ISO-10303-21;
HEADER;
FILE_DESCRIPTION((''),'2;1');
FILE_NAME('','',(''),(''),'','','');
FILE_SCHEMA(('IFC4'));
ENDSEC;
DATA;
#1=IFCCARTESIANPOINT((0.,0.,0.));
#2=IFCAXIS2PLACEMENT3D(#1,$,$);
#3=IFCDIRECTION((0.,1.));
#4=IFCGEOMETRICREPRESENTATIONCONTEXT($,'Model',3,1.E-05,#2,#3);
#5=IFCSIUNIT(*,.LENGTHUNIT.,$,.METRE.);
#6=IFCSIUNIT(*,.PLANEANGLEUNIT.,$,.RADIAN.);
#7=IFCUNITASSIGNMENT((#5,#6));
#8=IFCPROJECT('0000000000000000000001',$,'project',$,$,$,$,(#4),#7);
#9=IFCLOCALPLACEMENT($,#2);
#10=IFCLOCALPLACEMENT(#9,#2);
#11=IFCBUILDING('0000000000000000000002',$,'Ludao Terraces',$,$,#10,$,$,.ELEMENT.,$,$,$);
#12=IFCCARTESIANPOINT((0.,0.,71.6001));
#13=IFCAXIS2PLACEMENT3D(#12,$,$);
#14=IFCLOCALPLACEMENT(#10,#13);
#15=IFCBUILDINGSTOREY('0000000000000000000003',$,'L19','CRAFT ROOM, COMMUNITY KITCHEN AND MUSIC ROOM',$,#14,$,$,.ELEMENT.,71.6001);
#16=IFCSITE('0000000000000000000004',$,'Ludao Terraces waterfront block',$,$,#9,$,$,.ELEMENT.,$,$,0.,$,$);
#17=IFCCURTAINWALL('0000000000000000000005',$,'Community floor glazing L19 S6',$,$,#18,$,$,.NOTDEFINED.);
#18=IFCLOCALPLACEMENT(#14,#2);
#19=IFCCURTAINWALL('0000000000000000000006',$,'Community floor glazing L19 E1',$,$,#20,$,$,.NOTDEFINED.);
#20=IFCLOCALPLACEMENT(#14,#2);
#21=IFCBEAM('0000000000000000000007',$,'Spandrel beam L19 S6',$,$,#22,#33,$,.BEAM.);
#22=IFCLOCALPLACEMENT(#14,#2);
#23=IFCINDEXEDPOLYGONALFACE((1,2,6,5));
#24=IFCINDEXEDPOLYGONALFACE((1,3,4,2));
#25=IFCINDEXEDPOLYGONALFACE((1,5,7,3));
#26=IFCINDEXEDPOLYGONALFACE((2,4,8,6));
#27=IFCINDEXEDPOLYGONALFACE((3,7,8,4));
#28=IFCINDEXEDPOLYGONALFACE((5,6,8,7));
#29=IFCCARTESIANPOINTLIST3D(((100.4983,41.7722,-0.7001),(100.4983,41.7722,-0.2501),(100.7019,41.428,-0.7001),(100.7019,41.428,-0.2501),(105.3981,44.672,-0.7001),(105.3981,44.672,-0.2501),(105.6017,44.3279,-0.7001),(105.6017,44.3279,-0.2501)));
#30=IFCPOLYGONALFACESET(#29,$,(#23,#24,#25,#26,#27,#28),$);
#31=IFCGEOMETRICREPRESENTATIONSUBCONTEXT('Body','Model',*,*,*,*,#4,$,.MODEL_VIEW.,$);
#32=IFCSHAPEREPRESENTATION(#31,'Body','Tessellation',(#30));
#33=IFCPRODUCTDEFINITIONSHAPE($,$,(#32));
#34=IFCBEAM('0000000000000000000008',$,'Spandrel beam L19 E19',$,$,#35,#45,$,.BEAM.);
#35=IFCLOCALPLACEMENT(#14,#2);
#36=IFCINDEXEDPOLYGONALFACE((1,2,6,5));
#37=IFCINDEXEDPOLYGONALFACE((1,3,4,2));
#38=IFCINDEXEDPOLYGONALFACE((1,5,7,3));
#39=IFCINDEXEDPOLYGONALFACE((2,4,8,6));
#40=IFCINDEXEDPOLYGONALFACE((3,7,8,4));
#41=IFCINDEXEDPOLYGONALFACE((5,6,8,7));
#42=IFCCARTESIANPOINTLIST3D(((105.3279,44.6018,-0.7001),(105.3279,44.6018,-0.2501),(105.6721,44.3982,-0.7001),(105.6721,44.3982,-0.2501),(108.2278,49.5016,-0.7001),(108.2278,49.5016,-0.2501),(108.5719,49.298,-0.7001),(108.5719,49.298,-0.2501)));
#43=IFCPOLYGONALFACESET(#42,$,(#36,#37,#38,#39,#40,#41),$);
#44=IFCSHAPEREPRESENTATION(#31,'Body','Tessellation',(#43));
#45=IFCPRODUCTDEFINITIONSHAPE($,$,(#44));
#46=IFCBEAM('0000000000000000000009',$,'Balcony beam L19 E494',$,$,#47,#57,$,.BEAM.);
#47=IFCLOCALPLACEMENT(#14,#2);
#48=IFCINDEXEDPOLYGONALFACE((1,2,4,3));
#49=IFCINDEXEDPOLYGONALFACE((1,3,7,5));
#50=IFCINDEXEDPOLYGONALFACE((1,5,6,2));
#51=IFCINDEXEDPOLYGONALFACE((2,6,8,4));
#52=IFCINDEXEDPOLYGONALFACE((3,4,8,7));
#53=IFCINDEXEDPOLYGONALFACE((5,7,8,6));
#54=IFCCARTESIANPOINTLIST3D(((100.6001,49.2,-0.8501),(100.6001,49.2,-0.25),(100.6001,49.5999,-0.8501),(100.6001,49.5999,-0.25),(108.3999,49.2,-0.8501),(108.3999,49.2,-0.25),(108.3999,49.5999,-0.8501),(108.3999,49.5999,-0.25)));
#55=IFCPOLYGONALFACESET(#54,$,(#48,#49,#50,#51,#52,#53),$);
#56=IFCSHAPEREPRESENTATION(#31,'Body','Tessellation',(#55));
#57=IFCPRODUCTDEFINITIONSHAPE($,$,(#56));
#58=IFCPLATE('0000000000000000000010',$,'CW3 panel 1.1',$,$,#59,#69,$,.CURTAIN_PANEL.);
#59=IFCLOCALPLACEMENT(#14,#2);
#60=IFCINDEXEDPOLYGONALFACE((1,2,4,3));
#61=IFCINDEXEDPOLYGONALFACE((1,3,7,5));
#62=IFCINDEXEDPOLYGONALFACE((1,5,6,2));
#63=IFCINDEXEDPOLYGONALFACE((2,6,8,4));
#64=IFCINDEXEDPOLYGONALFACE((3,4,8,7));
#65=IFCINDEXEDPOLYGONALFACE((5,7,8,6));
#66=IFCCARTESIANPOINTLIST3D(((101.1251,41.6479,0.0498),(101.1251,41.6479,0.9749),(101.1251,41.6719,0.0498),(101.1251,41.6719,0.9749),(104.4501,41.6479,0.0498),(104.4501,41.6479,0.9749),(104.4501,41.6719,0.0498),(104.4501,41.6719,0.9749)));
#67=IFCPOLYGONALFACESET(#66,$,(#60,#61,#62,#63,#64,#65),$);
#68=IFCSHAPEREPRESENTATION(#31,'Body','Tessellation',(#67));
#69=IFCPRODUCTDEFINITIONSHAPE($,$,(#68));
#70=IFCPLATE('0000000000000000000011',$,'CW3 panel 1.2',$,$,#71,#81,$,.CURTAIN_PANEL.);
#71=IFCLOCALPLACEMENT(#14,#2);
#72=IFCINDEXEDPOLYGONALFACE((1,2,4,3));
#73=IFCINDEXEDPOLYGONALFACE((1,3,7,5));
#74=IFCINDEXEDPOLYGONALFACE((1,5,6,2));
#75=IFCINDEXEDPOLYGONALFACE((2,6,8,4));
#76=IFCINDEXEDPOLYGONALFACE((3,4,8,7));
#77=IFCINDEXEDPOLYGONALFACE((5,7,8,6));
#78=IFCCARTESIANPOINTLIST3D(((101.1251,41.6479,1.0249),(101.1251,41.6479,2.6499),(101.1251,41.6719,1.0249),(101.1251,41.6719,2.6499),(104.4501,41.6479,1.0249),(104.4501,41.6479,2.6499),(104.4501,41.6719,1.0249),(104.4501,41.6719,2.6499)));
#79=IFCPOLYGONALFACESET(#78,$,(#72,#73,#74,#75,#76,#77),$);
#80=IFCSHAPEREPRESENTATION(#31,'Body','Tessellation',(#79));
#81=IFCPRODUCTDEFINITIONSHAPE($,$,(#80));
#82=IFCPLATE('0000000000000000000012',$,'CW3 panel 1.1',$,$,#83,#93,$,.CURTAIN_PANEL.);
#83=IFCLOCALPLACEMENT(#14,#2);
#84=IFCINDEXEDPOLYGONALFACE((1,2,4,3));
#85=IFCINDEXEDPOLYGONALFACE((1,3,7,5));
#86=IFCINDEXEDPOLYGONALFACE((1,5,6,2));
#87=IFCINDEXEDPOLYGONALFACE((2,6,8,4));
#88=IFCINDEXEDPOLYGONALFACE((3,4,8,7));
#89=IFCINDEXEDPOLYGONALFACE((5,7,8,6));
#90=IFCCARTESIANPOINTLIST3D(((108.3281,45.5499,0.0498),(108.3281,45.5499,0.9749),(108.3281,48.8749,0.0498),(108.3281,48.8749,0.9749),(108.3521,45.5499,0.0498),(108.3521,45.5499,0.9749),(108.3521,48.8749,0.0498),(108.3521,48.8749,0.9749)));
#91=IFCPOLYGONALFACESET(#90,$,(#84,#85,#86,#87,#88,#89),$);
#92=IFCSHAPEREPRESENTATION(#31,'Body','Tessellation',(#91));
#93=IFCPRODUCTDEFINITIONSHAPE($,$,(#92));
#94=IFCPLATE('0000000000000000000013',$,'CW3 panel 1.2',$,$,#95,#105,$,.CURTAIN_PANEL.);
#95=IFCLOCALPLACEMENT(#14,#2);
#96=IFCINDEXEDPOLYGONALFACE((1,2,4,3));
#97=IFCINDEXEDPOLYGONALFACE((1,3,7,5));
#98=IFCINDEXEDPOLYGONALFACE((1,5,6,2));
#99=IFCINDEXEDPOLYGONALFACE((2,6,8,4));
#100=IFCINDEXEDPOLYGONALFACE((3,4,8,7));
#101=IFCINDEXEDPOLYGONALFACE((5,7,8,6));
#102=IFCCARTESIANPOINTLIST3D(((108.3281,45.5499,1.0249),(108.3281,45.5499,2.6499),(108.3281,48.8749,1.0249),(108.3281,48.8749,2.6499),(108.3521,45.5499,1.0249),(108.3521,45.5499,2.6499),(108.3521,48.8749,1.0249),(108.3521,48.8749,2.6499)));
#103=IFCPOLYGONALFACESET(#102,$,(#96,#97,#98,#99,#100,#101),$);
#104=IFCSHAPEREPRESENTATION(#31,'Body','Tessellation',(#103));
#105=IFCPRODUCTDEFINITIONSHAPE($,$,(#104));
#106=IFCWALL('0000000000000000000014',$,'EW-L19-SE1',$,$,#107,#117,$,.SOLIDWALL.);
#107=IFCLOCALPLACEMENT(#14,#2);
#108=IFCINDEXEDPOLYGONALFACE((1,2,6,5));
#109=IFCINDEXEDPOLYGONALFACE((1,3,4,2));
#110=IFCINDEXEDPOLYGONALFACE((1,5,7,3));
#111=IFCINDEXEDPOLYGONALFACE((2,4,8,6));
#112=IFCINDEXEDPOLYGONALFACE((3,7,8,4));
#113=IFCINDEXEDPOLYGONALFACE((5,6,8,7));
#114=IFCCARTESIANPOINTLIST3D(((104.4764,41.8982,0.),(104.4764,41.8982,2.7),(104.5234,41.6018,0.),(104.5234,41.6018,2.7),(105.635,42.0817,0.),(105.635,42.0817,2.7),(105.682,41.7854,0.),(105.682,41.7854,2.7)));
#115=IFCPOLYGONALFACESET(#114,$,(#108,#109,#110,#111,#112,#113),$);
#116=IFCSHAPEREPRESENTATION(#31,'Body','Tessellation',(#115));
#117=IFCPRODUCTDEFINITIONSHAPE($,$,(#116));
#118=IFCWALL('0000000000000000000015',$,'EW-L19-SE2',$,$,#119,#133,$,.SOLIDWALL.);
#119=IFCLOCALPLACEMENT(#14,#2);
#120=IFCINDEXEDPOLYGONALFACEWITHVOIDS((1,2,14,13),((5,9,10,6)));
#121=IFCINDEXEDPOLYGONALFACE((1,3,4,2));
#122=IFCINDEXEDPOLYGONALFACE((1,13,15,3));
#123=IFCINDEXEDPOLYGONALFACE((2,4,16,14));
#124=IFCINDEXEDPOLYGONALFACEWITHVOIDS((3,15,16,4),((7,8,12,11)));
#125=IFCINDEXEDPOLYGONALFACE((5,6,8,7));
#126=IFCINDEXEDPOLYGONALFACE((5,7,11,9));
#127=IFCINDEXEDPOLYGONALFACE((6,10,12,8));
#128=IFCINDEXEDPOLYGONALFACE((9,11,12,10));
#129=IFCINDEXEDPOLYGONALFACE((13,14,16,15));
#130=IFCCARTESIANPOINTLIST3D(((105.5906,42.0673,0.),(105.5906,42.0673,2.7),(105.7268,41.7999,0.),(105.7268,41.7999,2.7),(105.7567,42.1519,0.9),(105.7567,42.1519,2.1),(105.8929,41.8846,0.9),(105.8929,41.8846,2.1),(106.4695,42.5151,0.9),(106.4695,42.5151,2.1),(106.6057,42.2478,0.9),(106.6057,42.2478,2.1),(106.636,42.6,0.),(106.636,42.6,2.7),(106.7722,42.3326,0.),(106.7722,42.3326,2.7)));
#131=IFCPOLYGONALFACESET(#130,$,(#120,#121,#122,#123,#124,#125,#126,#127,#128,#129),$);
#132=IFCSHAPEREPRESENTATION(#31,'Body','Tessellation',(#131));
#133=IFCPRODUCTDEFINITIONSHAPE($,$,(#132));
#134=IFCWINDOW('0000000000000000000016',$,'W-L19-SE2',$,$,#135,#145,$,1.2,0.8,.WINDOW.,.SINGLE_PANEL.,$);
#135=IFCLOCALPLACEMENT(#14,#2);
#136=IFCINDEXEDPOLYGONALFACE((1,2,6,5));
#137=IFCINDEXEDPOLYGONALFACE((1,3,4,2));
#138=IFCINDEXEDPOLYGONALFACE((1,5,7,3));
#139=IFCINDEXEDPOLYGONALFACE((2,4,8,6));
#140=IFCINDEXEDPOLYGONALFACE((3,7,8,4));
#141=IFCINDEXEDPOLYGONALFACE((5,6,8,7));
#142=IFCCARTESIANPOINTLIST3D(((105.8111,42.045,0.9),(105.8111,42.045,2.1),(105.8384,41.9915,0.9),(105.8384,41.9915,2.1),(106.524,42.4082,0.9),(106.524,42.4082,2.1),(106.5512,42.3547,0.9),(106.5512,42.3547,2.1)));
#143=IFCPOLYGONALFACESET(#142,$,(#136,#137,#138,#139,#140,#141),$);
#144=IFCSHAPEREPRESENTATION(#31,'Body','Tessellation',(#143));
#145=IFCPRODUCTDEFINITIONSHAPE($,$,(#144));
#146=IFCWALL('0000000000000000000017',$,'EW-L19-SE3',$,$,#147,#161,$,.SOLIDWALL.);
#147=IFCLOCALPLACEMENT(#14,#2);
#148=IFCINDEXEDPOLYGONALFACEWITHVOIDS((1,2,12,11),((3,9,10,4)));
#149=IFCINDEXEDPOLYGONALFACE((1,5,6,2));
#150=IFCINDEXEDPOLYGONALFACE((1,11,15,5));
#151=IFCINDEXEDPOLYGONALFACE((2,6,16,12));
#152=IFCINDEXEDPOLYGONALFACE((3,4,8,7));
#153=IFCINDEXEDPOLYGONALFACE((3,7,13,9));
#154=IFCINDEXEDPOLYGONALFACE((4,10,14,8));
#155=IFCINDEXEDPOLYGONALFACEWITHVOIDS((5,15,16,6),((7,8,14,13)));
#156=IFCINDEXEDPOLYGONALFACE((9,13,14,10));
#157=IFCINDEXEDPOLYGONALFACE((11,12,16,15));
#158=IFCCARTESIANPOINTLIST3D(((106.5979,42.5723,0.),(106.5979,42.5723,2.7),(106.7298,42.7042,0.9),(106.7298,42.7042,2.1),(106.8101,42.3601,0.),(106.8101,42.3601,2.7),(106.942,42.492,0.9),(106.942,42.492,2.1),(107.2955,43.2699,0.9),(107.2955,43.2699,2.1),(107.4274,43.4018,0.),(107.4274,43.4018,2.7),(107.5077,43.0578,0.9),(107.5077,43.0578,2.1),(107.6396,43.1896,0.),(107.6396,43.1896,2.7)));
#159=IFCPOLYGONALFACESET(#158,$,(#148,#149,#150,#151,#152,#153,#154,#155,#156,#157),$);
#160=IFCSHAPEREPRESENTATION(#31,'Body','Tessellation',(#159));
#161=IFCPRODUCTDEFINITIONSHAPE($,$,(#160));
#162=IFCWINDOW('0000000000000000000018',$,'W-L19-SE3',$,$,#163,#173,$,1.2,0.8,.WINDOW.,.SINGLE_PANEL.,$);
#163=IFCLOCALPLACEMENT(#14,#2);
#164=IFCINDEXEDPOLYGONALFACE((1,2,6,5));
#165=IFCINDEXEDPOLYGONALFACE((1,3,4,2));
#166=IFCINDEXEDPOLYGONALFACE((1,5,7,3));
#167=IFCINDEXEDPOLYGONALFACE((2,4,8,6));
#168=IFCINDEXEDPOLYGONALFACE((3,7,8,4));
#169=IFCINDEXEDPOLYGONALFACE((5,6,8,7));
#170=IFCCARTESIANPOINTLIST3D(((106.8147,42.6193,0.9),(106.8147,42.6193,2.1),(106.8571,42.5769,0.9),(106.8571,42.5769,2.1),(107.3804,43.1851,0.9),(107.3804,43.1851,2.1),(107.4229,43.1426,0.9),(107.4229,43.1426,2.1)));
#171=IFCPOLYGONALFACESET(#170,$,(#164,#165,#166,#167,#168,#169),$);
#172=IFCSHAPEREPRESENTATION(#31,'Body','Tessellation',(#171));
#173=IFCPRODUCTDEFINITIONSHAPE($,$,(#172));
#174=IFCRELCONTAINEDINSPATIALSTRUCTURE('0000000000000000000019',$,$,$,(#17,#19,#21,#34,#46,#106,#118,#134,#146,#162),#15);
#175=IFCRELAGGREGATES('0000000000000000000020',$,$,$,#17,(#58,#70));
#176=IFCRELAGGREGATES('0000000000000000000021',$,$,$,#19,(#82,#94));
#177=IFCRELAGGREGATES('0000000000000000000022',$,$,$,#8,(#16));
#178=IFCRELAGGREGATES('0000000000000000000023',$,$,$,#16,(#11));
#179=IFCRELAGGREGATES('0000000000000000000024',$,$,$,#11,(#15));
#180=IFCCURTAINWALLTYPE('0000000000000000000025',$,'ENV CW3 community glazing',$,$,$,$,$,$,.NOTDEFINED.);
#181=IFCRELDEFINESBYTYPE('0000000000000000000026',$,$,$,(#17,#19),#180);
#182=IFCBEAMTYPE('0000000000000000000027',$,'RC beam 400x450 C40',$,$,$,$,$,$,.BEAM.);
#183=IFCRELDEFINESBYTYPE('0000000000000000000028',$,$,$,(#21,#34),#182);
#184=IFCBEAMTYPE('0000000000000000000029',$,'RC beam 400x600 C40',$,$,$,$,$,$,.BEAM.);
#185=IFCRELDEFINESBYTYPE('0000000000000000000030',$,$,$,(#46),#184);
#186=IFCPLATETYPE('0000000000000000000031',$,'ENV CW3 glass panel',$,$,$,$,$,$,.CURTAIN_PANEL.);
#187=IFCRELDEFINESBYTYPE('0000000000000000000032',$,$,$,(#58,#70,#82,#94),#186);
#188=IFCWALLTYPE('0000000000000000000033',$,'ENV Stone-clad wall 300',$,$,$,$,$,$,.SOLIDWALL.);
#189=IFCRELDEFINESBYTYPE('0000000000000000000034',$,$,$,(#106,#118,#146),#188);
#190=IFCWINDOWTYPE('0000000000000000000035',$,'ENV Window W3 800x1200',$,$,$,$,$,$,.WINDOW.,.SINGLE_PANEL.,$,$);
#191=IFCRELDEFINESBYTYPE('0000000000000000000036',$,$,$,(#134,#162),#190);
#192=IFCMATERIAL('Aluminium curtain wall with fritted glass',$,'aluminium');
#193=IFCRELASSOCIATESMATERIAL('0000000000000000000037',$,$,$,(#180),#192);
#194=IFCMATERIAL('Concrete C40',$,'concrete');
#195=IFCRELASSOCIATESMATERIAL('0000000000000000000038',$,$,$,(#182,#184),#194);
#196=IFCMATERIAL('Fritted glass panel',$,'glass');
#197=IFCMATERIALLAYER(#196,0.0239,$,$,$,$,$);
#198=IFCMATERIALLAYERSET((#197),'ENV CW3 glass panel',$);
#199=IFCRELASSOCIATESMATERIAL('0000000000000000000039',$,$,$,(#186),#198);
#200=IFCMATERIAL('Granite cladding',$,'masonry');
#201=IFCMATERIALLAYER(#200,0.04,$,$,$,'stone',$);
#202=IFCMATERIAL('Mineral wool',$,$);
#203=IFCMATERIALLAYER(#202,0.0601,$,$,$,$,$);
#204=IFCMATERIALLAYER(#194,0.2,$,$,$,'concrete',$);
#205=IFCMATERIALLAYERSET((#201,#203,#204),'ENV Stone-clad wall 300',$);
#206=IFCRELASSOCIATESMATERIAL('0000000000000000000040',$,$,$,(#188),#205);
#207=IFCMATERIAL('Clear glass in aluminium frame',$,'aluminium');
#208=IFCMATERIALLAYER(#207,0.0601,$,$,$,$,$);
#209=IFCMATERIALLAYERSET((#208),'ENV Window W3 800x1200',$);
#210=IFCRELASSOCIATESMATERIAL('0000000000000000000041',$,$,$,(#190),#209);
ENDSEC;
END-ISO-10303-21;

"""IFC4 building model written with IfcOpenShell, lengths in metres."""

from ifc_helpers import new_model, si_unit, direction, frame, frame_2d, origin, origin_2d, place, context, subcontext, project, spatial, rectangle, extrude, material, layer, layer_set, material_profile, profile_set, type_object, element, fill, aggregate, save


model = new_model("IFC4")

# Units and contexts
model_context = context("Model", 3, precision=1e-05, world=origin(), true_north=direction((0.0, 1.0)))
body_context = subcontext(model_context, "Body", "Model", "MODEL_VIEW")
ifc_project = project(units=[si_unit("LENGTHUNIT", "METRE"), si_unit("PLANEANGLEUNIT", "RADIAN")], contexts=[model_context])

# Site, building, storey
site_placement = place(None, origin())
site = spatial("IfcSite", under=ifc_project, at=site_placement, Name="Ludao Terraces waterfront block", CompositionType="ELEMENT", RefElevation=0.0)
building_placement = place(site_placement, origin())
building = spatial("IfcBuilding", under=site, at=building_placement, Name="Ludao Terraces", CompositionType="ELEMENT")
storey_placement = place(building_placement, frame((0.0, 0.0, 71.6001)))
storey = spatial("IfcBuildingStorey", under=building, at=storey_placement, Name="L19", Description="CRAFT ROOM, COMMUNITY KITCHEN AND MUSIC ROOM", CompositionType="ELEMENT", Elevation=71.6001)

# Curtain walls
ifc_material_1 = material(Name="Aluminium curtain wall with fritted glass", Category="aluminium")
curtain_wall_type = type_object("IfcCurtainWallType", Name="ENV CW3 community glazing", PredefinedType="NOTDEFINED", material=ifc_material_1)
curtain_wall_1_placement = place(storey_placement, origin())
curtain_wall_1 = element("IfcCurtainWall", 1, at=curtain_wall_1_placement, inside=storey, type_object=curtain_wall_type, Name="Community floor glazing L19 S6", PredefinedType="NOTDEFINED")
curtain_wall_2_placement = place(storey_placement, origin())
curtain_wall_2 = element("IfcCurtainWall", 2, at=curtain_wall_2_placement, inside=storey, type_object=curtain_wall_type, Name="Community floor glazing L19 E1", PredefinedType="NOTDEFINED")

# Beams
ifc_material_2 = material(Name="Concrete C40", Category="concrete")
ifc_material_profile_1 = material_profile(ifc_material_2, rectangle(XDim=0.3999, YDim=0.45, at=origin_2d()), Name="400 X 450")
ifc_profile_set_1 = profile_set([ifc_material_profile_1], Name="Concrete C40")
beam_type_1 = type_object("IfcBeamType", Name="RC beam 400x450 C40", PredefinedType="BEAM", material=ifc_profile_set_1)
for number, where, z_axis, x_axis, name in (
    (3, (100.6001, 41.6001, -0.4751), (0.86058, 0.509316, 0.0), (-0.509316, 0.86058, 0.0), "Spandrel beam L19 S6"),
    (4, (105.5, 44.5, -0.4751), (0.509316, 0.86058, 0.0), (-0.86058, 0.509316, 0.0), "Spandrel beam L19 E19"),
):
    element("IfcBeam", number, at=place(storey_placement, frame(where, z_axis=z_axis, x_axis=x_axis)), inside=storey, type_object=beam_type_1, Name=name, PredefinedType="BEAM", context=body_context, shape_type="SweptSolid", body=[
        extrude(rectangle(XDim=0.3999, YDim=0.45, at=origin_2d()), origin(), (0.0, 0.0, 1.0), 5.6936),
    ])
ifc_material_profile_2 = material_profile(ifc_material_2, rectangle(XDim=0.3999, YDim=0.6001, at=origin_2d()), Name="400 X 600")
ifc_profile_set_2 = profile_set([ifc_material_profile_2], Name="Concrete C40")
beam_type_2 = type_object("IfcBeamType", Name="RC beam 400x600 C40", PredefinedType="BEAM", material=ifc_profile_set_2)
beam_placement = place(storey_placement, frame((100.6001, 49.3999, -0.55), z_axis=(1.0, 0.0, 0.0), x_axis=(0.0, 1.0, 0.0)))
element("IfcBeam", 5, at=beam_placement, inside=storey, type_object=beam_type_2, Name="Balcony beam L19 E494", PredefinedType="BEAM", context=body_context, shape_type="SweptSolid", body=[
    extrude(rectangle(XDim=0.3999, YDim=0.6001, at=origin_2d()), origin(), (0.0, 0.0, 1.0), 7.7998),
])

# Plates
ifc_material_3 = material(Name="Fritted glass panel", Category="glass")
ifc_layer_1 = layer(ifc_material_3, 0.0239)
ifc_layer_set_1 = layer_set([ifc_layer_1], Name="ENV CW3 glass panel")
plate_type = type_object("IfcPlateType", Name="ENV CW3 glass panel", PredefinedType="CURTAIN_PANEL", material=ifc_layer_set_1)
plate_1_placement = place(storey_placement, frame((102.7876, 41.6599, 0.0498), z_axis=(0.0, 0.0, 1.0), x_axis=(1.0, 0.0, 0.0)))
plate_1 = element("IfcPlate", 6, at=plate_1_placement, type_object=plate_type, Name="CW3 panel 1.1", PredefinedType="CURTAIN_PANEL", context=body_context, shape_type="SweptSolid", body=[
    extrude(rectangle(XDim=3.325, YDim=0.0239, at=origin_2d()), origin(), (0.0, 0.0, 1.0), 0.925),
])
plate_2_placement = place(storey_placement, frame((102.7876, 41.6599, 1.0249), z_axis=(0.0, 0.0, 1.0), x_axis=(1.0, 0.0, 0.0)))
plate_2 = element("IfcPlate", 7, at=plate_2_placement, type_object=plate_type, Name="CW3 panel 1.2", PredefinedType="CURTAIN_PANEL", context=body_context, shape_type="SweptSolid", body=[
    extrude(rectangle(XDim=3.325, YDim=0.0239, at=origin_2d()), origin(), (0.0, 0.0, 1.0), 1.625),
])
aggregate(curtain_wall_1, [plate_1, plate_2])
plate_3_placement = place(storey_placement, frame((108.3401, 47.2124, 0.0498), z_axis=(0.0, 0.0, 1.0), x_axis=(0.0, 1.0, 0.0)))
plate_3 = element("IfcPlate", 8, at=plate_3_placement, type_object=plate_type, Name="CW3 panel 1.1", PredefinedType="CURTAIN_PANEL", context=body_context, shape_type="SweptSolid", body=[
    extrude(rectangle(XDim=3.325, YDim=0.0239, at=origin_2d()), origin(), (0.0, 0.0, 1.0), 0.925),
])
plate_4_placement = place(storey_placement, frame((108.3401, 47.2124, 1.0249), z_axis=(0.0, 0.0, 1.0), x_axis=(0.0, 1.0, 0.0)))
plate_4 = element("IfcPlate", 9, at=plate_4_placement, type_object=plate_type, Name="CW3 panel 1.2", PredefinedType="CURTAIN_PANEL", context=body_context, shape_type="SweptSolid", body=[
    extrude(rectangle(XDim=3.325, YDim=0.0239, at=origin_2d()), origin(), (0.0, 0.0, 1.0), 1.625),
])
aggregate(curtain_wall_2, [plate_3, plate_4])

# Wall
ifc_material_4 = material(Name="Granite cladding", Category="masonry")
ifc_layer_2 = layer(ifc_material_4, 0.04, Category="stone")
ifc_material_5 = material(Name="Mineral wool")
ifc_layer_3 = layer(ifc_material_5, 0.0601)
ifc_layer_4 = layer(ifc_material_2, 0.2, Category="concrete")
ifc_layer_set_2 = layer_set([ifc_layer_2, ifc_layer_3, ifc_layer_4], Name="ENV Stone-clad wall 300")
wall_type = type_object("IfcWallType", Name="ENV Stone-clad wall 300", PredefinedType="SOLIDWALL", material=ifc_layer_set_2)
wall_1_placement = place(storey_placement, frame((104.5, 41.75, 0.0), z_axis=(0.0, 0.0, 1.0), x_axis=(0.987678, 0.156497, 0.0)))
element("IfcWall", 10, at=wall_1_placement, inside=storey, type_object=wall_type, Name="EW-L19-SE1", PredefinedType="SOLIDWALL", context=body_context, shape_type="SweptSolid", body=[
    extrude(rectangle(XDim=1.1731, YDim=0.3, at=frame_2d((0.5864, 0.0))), origin(), (0.0, 0.0, 1.0), 2.7),
])

# Walls, openings, windows
wall_2_placement = place(storey_placement, frame((105.6587, 41.9336, 0.0), z_axis=(0.0, 0.0, 1.0), x_axis=(0.890989, 0.454026, 0.0)))
wall_2 = element("IfcWall", 11, at=wall_2_placement, inside=storey, type_object=wall_type, Name="EW-L19-SE2", PredefinedType="SOLIDWALL", context=body_context, shape_type="SweptSolid", body=[
    extrude(rectangle(XDim=1.1733, YDim=0.3, at=frame_2d((0.5867, 0.0))), origin(), (0.0, 0.0, 1.0), 2.7),
])
opening_1_placement = place(wall_2_placement, frame((0.1865, 0.0, 0.8999)))
opening_1 = element("IfcOpeningElement", 12, at=opening_1_placement, cuts=wall_2, PredefinedType="OPENING", context=body_context, shape_type="SweptSolid", body=[
    extrude(rectangle(XDim=0.8, YDim=1.2, at=frame_2d((0.3999, 0.6001))), frame((0.0, 0.1602, 0.0), z_axis=(0.0, -1.0, 0.0), x_axis=(1.0, 0.0, 0.0)), (0.0, 0.0, 1.0), 0.3201),
])
ifc_material_6 = material(Name="Clear glass in aluminium frame", Category="aluminium")
ifc_layer_5 = layer(ifc_material_6, 0.0601)
ifc_layer_set_3 = layer_set([ifc_layer_5], Name="ENV Window W3 800x1200")
window_type = type_object("IfcWindowType", Name="ENV Window W3 800x1200", PartitioningType="SINGLE_PANEL", PredefinedType="WINDOW", material=ifc_layer_set_3)
window_1_placement = place(opening_1_placement, origin())
window_1 = element("IfcWindow", 13, at=window_1_placement, inside=storey, type_object=window_type, Name="W-L19-SE2", OverallHeight=1.2, OverallWidth=0.8, PartitioningType="SINGLE_PANEL", PredefinedType="WINDOW", context=body_context, shape_type="SweptSolid", body=[
    extrude(rectangle(XDim=0.8, YDim=1.2, at=frame_2d((0.3999, 0.6001))), frame((0.0, 0.03, 0.0), z_axis=(0.0, -1.0, 0.0), x_axis=(1.0, 0.0, 0.0)), (0.0, 0.0, 1.0), 0.0601),
])
fill(opening_1, window_1)
wall_3_placement = place(storey_placement, frame((106.7041, 42.4663, 0.0), z_axis=(0.0, 0.0, 1.0), x_axis=(0.707107, 0.707107, 0.0)))
wall_3 = element("IfcWall", 14, at=wall_3_placement, inside=storey, type_object=wall_type, Name="EW-L19-SE3", PredefinedType="SOLIDWALL", context=body_context, shape_type="SweptSolid", body=[
    extrude(rectangle(XDim=1.1731, YDim=0.3, at=frame_2d((0.5864, 0.0))), origin(), (0.0, 0.0, 1.0), 2.7),
])
opening_2_placement = place(wall_3_placement, frame((0.1865, 0.0, 0.8999)))
opening_2 = element("IfcOpeningElement", 15, at=opening_2_placement, cuts=wall_3, PredefinedType="OPENING", context=body_context, shape_type="SweptSolid", body=[
    extrude(rectangle(XDim=0.8, YDim=1.2, at=frame_2d((0.3999, 0.6001))), frame((0.0, 0.1602, 0.0), z_axis=(0.0, -1.0, 0.0), x_axis=(1.0, 0.0, 0.0)), (0.0, 0.0, 1.0), 0.3201),
])
window_2_placement = place(opening_2_placement, origin())
window_2 = element("IfcWindow", 16, at=window_2_placement, inside=storey, type_object=window_type, Name="W-L19-SE3", OverallHeight=1.2, OverallWidth=0.8, PartitioningType="SINGLE_PANEL", PredefinedType="WINDOW", context=body_context, shape_type="SweptSolid", body=[
    extrude(rectangle(XDim=0.8, YDim=1.2, at=frame_2d((0.3999, 0.6001))), frame((0.0, 0.03, 0.0), z_axis=(0.0, -1.0, 0.0), x_axis=(1.0, 0.0, 0.0)), (0.0, 0.0, 1.0), 0.0601),
])
fill(opening_2, window_2)

save(model, "model.ifc")
